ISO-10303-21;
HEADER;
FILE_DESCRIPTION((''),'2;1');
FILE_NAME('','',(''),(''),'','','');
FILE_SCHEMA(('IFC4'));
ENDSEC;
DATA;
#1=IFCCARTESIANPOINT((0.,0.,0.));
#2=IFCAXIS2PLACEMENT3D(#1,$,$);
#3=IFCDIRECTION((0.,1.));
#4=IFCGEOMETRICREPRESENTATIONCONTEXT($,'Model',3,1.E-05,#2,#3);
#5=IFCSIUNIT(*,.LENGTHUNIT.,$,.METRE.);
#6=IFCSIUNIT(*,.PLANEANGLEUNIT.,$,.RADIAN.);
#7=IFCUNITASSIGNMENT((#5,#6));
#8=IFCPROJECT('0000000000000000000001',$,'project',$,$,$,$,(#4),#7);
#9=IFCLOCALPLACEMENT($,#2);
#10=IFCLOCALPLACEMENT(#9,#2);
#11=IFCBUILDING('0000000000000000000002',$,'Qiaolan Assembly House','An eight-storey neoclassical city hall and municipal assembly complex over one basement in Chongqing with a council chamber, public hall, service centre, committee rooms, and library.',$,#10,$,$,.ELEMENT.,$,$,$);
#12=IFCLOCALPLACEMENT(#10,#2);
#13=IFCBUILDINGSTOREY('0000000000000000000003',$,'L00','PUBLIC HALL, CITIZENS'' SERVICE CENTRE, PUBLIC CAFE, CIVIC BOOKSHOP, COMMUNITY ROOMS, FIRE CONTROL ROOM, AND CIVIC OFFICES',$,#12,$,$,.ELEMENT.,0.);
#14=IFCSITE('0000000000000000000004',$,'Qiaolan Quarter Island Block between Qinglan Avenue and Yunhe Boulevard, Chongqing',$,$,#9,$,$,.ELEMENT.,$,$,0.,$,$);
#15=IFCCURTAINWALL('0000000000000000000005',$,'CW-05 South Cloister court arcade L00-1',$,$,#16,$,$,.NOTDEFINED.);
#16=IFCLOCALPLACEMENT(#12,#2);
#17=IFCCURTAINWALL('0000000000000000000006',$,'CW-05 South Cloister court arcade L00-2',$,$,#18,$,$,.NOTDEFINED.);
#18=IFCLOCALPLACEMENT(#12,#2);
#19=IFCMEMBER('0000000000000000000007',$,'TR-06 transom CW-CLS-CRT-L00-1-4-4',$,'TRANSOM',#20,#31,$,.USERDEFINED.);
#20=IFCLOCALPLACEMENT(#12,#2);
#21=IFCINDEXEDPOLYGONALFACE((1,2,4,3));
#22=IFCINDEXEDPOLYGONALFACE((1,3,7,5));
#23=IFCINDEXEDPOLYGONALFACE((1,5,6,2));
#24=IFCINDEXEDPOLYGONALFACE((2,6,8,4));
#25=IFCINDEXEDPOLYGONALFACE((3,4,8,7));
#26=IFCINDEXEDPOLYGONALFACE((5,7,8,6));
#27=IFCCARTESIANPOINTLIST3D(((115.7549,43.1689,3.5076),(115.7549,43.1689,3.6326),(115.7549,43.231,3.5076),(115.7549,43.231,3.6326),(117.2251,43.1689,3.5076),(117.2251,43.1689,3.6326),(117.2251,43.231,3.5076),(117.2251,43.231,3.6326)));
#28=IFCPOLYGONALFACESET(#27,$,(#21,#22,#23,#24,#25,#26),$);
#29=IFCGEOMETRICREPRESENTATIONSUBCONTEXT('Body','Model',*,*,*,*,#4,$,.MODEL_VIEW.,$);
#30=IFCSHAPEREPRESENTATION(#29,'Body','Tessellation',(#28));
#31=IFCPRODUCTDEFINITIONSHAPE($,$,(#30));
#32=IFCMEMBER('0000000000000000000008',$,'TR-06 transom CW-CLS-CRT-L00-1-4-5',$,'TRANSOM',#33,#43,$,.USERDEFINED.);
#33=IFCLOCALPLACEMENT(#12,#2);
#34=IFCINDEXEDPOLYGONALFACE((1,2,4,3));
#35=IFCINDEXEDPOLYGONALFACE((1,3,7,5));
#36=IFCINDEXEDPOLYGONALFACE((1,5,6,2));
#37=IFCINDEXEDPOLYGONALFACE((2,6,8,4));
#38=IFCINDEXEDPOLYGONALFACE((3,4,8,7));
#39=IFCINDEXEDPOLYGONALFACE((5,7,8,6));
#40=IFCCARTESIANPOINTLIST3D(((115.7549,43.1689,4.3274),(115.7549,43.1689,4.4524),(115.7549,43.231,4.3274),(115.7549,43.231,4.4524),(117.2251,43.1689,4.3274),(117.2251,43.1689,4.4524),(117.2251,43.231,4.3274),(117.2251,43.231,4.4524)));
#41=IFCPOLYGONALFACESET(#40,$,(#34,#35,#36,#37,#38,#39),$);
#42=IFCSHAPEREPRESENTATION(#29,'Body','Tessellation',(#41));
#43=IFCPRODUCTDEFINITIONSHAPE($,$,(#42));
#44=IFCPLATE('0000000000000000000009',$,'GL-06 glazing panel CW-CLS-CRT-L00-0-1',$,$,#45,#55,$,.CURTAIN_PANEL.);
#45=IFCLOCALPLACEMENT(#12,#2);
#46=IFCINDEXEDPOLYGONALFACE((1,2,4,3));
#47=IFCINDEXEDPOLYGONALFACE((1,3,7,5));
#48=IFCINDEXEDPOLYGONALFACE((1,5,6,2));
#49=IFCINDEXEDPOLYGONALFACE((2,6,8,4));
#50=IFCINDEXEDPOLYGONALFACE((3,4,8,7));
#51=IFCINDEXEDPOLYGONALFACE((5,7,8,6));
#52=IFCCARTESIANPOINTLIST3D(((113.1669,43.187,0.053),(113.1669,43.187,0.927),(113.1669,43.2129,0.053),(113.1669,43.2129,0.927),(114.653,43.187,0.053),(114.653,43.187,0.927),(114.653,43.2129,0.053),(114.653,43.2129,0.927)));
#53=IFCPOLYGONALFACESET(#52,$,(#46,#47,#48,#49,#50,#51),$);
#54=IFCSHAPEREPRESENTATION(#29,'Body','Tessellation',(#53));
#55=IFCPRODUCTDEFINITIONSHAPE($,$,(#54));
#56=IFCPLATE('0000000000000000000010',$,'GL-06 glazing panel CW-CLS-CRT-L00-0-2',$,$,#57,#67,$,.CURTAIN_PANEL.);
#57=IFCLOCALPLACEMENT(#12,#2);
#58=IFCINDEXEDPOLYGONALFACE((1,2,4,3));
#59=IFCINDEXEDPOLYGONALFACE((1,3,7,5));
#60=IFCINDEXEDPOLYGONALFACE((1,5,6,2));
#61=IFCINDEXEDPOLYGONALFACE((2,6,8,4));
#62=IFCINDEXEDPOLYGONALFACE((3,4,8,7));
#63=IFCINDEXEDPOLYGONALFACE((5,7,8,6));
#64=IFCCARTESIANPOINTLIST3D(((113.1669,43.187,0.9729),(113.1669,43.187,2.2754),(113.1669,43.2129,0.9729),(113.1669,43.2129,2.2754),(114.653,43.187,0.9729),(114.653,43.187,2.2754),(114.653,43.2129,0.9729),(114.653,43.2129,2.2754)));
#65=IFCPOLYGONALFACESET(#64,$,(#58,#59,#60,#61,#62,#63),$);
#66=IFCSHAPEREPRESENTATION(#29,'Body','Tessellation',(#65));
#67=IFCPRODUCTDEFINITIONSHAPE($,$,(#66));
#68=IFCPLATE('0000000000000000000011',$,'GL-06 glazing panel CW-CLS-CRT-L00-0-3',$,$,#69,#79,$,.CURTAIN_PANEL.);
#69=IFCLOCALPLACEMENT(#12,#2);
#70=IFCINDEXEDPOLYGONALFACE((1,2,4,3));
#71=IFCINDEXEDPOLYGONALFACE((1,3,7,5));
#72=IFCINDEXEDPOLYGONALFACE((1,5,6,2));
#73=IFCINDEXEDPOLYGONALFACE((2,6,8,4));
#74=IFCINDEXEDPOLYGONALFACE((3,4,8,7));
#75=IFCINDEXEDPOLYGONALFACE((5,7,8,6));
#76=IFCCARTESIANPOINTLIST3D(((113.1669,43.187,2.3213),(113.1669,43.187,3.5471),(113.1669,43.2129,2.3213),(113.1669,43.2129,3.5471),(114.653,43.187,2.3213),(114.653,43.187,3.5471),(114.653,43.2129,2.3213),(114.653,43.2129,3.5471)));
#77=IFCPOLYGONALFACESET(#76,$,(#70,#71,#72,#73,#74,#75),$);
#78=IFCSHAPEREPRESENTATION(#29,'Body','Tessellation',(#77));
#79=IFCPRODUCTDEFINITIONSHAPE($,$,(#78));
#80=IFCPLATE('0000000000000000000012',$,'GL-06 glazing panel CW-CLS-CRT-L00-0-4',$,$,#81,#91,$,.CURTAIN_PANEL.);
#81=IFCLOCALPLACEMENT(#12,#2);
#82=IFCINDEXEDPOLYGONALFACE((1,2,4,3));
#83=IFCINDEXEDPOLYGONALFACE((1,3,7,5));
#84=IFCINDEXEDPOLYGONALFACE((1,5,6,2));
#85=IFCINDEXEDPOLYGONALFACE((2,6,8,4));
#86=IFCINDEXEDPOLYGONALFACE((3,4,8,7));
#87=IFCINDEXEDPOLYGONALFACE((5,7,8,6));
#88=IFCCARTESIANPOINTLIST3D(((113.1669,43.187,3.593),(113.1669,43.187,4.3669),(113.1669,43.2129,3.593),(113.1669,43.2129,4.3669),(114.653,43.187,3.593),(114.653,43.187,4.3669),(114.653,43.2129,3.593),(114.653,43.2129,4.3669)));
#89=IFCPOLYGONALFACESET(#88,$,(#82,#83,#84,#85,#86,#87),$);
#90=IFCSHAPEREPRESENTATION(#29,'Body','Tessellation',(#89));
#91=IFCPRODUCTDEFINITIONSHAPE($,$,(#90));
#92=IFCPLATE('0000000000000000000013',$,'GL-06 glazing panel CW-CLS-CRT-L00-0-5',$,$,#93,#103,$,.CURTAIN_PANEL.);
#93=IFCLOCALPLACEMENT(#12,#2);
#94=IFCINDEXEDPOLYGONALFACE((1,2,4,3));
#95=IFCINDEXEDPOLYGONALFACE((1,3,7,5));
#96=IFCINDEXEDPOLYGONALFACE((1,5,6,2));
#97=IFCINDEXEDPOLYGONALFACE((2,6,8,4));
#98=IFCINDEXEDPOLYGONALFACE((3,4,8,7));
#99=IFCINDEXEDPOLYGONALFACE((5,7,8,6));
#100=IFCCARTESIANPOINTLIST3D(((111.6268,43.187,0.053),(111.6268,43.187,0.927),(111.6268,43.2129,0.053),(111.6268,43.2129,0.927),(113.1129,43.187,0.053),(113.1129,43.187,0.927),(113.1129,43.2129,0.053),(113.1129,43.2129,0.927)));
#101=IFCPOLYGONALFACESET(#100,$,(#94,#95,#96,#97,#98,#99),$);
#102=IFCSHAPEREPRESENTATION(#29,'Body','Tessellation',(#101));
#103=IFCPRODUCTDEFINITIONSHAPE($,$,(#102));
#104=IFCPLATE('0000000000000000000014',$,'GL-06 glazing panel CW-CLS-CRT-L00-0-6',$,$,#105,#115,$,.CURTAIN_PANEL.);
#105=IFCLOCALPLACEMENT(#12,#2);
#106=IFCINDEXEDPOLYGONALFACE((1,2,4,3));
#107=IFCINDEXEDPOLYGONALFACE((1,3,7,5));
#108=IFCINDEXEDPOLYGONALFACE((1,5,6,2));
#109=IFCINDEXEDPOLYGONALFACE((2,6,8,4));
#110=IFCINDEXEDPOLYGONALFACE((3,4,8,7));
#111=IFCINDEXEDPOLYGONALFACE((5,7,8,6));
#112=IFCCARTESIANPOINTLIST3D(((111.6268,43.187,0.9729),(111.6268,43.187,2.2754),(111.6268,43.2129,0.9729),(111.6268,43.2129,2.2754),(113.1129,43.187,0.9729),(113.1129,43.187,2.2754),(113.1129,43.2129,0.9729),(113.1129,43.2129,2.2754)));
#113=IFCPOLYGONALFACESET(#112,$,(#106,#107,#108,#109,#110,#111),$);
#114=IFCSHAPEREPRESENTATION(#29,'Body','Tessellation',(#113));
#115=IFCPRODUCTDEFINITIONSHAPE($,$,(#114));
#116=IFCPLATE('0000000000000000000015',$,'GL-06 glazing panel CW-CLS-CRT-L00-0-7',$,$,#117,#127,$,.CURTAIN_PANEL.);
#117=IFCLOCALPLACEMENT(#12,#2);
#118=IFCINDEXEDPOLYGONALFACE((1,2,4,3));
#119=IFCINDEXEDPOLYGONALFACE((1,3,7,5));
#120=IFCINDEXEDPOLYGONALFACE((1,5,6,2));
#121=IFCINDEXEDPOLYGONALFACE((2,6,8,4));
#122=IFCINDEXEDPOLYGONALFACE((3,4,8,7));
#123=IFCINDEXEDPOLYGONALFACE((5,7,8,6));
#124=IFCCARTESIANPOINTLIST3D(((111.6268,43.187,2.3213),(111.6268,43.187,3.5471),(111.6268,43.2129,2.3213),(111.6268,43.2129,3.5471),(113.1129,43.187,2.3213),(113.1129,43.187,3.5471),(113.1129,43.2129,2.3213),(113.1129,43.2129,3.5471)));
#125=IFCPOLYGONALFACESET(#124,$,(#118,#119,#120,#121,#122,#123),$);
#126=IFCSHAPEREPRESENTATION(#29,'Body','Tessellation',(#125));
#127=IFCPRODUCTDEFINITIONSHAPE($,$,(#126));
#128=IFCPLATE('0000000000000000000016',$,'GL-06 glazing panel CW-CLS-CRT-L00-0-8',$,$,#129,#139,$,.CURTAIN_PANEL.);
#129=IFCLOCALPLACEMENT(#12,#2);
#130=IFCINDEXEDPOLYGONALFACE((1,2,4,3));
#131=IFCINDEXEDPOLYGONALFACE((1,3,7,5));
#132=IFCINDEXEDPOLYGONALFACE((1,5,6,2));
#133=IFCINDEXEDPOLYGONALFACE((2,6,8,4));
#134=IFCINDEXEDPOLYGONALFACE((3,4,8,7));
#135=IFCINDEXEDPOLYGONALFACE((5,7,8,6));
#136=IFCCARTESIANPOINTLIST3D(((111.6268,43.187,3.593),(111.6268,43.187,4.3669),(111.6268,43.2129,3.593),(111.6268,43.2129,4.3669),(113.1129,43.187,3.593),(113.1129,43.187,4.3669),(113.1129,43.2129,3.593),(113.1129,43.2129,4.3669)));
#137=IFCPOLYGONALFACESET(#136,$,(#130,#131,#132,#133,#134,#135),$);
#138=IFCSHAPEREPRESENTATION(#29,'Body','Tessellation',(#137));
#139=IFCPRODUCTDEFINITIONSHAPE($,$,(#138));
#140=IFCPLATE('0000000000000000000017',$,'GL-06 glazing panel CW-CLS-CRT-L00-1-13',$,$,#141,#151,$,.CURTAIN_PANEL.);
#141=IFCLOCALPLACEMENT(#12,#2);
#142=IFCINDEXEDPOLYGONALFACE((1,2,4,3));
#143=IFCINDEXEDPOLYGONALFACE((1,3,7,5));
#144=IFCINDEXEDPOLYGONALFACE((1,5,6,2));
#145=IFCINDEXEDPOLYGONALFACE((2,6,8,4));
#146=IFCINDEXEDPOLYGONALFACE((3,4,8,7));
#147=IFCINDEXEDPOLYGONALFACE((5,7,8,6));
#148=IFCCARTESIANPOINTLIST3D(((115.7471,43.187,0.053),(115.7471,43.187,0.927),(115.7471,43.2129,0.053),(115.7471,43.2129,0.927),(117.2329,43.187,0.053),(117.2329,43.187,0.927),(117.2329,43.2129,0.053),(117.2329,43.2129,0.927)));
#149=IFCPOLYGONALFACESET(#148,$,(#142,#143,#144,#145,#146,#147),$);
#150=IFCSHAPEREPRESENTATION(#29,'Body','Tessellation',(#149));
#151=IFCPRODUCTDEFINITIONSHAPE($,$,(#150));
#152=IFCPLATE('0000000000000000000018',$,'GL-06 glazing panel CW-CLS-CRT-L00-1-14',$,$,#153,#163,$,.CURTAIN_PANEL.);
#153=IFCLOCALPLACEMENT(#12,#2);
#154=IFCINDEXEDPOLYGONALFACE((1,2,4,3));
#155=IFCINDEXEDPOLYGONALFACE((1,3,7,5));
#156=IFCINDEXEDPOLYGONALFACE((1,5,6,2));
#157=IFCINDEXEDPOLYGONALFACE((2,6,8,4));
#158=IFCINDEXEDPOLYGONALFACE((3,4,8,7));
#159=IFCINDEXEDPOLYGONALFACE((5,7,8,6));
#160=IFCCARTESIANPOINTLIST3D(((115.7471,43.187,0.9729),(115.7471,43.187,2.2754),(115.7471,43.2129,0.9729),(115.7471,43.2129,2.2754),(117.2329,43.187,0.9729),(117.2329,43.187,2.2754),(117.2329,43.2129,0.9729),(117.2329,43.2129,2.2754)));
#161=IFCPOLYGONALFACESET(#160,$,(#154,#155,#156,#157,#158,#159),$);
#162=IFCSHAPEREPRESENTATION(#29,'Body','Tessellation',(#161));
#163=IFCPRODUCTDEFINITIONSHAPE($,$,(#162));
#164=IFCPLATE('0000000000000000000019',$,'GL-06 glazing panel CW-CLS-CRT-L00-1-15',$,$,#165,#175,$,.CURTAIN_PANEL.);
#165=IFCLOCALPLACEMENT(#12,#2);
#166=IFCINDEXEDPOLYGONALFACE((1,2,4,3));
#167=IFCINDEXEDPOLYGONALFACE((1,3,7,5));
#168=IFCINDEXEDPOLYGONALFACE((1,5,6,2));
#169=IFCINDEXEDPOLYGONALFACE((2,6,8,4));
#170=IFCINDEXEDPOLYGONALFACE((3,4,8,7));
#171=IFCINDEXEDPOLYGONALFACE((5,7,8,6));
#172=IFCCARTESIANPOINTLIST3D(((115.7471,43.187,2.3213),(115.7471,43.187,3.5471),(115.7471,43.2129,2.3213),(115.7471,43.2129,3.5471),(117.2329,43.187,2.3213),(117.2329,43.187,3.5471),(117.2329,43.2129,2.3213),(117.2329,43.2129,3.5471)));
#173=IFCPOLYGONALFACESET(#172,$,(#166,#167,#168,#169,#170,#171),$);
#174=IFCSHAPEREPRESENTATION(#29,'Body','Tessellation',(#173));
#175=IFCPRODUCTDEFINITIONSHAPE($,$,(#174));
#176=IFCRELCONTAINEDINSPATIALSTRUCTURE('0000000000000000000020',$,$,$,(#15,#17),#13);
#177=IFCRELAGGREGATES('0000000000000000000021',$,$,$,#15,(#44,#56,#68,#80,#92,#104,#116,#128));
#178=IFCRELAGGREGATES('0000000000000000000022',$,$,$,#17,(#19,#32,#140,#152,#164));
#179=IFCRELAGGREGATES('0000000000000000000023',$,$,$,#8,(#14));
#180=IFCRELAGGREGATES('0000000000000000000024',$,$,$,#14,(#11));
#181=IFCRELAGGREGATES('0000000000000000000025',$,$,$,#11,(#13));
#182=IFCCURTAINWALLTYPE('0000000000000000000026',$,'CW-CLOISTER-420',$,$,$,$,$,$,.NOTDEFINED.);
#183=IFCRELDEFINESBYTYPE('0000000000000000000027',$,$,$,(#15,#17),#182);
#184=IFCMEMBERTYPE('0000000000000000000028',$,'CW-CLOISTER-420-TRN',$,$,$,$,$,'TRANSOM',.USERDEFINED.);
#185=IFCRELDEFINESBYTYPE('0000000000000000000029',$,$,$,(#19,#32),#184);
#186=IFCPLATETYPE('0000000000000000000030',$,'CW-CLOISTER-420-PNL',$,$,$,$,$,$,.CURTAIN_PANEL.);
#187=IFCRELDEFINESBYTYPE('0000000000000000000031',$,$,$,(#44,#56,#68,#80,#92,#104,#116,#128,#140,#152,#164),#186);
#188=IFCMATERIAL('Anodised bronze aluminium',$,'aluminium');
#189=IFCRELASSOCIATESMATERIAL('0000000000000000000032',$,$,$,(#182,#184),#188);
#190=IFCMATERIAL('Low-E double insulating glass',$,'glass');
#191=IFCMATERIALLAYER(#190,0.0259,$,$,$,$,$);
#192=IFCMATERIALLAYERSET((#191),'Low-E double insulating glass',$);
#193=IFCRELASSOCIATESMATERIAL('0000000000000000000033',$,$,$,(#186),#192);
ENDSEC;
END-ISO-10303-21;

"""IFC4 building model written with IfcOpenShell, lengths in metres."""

from ifc_helpers import new_model, si_unit, direction, frame, frame_2d, origin, origin_2d, place, context, subcontext, project, spatial, rectangle, extrude, material, layer, layer_set, material_profile, profile_set, type_object, element, aggregate, save


model = new_model("IFC4")

# Units and contexts
model_context = context("Model", 3, precision=1e-05, world=origin(), true_north=direction((0.0, 1.0)))
body_context = subcontext(model_context, "Body", "Model", "MODEL_VIEW")
ifc_project = project(units=[si_unit("LENGTHUNIT", "METRE"), si_unit("PLANEANGLEUNIT", "RADIAN")], contexts=[model_context])

# Site, building, storey
site_placement = place(None, origin())
site = spatial("IfcSite", under=ifc_project, at=site_placement, Name="Qiaolan Quarter Island Block between Qinglan Avenue and Yunhe Boulevard, Chongqing", CompositionType="ELEMENT", RefElevation=0.0)
building_placement = place(site_placement, origin())
building = spatial("IfcBuilding", under=site, at=building_placement, Name="Qiaolan Assembly House", Description="An eight-storey neoclassical city hall and municipal assembly complex over one basement in Chongqing with a council chamber, public hall, service centre, committee rooms, and library.", CompositionType="ELEMENT")
storey_placement = place(building_placement, origin())
storey = spatial("IfcBuildingStorey", under=building, at=storey_placement, Name="L00", Description="PUBLIC HALL, CITIZENS' SERVICE CENTRE, PUBLIC CAFE, CIVIC BOOKSHOP, COMMUNITY ROOMS, FIRE CONTROL ROOM, AND CIVIC OFFICES", CompositionType="ELEMENT", Elevation=0.0)

# Curtain wall
ifc_material_1 = material(Name="Anodised bronze aluminium", Category="aluminium")
curtain_wall_type = type_object("IfcCurtainWallType", Name="CW-CLOISTER-420", PredefinedType="NOTDEFINED", material=ifc_material_1)
curtain_wall_1_placement = place(storey_placement, origin())
curtain_wall_1 = element("IfcCurtainWall", 1, at=curtain_wall_1_placement, inside=storey, type_object=curtain_wall_type, Name="CW-05 South Cloister court arcade L00-1", PredefinedType="NOTDEFINED")

# Curtain wall
curtain_wall_2_placement = place(storey_placement, origin())
curtain_wall_2 = element("IfcCurtainWall", 2, at=curtain_wall_2_placement, inside=storey, type_object=curtain_wall_type, Name="CW-05 South Cloister court arcade L00-2", PredefinedType="NOTDEFINED")

# Members
ifc_material_profile_1 = material_profile(ifc_material_1, rectangle(XDim=0.062, YDim=0.125, at=origin_2d()), Name="TRN 62x125")
ifc_profile_set_1 = profile_set([ifc_material_profile_1], Name="Anodised bronze aluminium")
member_type_1 = type_object("IfcMemberType", Name="CW-CLOISTER-420-TRN", ElementType="TRANSOM", PredefinedType="USERDEFINED", material=ifc_profile_set_1)
member_1_placement = place(storey_placement, frame((117.2251, 43.2, 3.5701), z_axis=(-1.0, 0.0, 0.0), x_axis=(0.0, -1.0, 0.0)))
member_1 = element("IfcMember", 3, at=member_1_placement, type_object=member_type_1, Name="TR-06 transom CW-CLS-CRT-L00-1-4-4", ObjectType="TRANSOM", PredefinedType="USERDEFINED", context=body_context, shape_type="SweptSolid", body=[
    extrude(rectangle(XDim=0.062, YDim=0.125, at=origin_2d()), origin(), (0.0, 0.0, 1.0), 1.4702),
])
member_2_placement = place(storey_placement, frame((117.2251, 43.2, 4.3899), z_axis=(-1.0, 0.0, 0.0), x_axis=(0.0, -1.0, 0.0)))
member_2 = element("IfcMember", 4, at=member_2_placement, type_object=member_type_1, Name="TR-06 transom CW-CLS-CRT-L00-1-4-5", ObjectType="TRANSOM", PredefinedType="USERDEFINED", context=body_context, shape_type="SweptSolid", body=[
    extrude(rectangle(XDim=0.062, YDim=0.125, at=origin_2d()), origin(), (0.0, 0.0, 1.0), 1.4702),
])

# Plates
ifc_material_2 = material(Name="Low-E double insulating glass", Category="glass")
ifc_layer = layer(ifc_material_2, 0.0259)
ifc_layer_set = layer_set([ifc_layer], Name="Low-E double insulating glass")
plate_type = type_object("IfcPlateType", Name="CW-CLOISTER-420-PNL", PredefinedType="CURTAIN_PANEL", material=ifc_layer_set)
plate_1_placement = place(storey_placement, frame((114.6531, 43.2, 0.053), z_axis=(0.0, 0.0, 1.0), x_axis=(-1.0, 0.0, 0.0)))
plate_1 = element("IfcPlate", 5, at=plate_1_placement, type_object=plate_type, Name="GL-06 glazing panel CW-CLS-CRT-L00-0-1", PredefinedType="CURTAIN_PANEL", context=body_context, shape_type="SweptSolid", body=[
    extrude(rectangle(XDim=1.4861, YDim=0.0259, at=frame_2d((0.7432, 0.0))), origin(), (0.0, 0.0, 1.0), 0.874),
])
plate_2_placement = place(storey_placement, frame((114.6531, 43.2, 0.9729), z_axis=(0.0, 0.0, 1.0), x_axis=(-1.0, 0.0, 0.0)))
plate_2 = element("IfcPlate", 6, at=plate_2_placement, type_object=plate_type, Name="GL-06 glazing panel CW-CLS-CRT-L00-0-2", PredefinedType="CURTAIN_PANEL", context=body_context, shape_type="SweptSolid", body=[
    extrude(rectangle(XDim=1.4861, YDim=0.0259, at=frame_2d((0.7432, 0.0))), origin(), (0.0, 0.0, 1.0), 1.3025),
])
plate_3_placement = place(storey_placement, frame((114.6531, 43.2, 2.3213), z_axis=(0.0, 0.0, 1.0), x_axis=(-1.0, 0.0, 0.0)))
plate_3 = element("IfcPlate", 7, at=plate_3_placement, type_object=plate_type, Name="GL-06 glazing panel CW-CLS-CRT-L00-0-3", PredefinedType="CURTAIN_PANEL", context=body_context, shape_type="SweptSolid", body=[
    extrude(rectangle(XDim=1.4861, YDim=0.0259, at=frame_2d((0.7432, 0.0))), origin(), (0.0, 0.0, 1.0), 1.2258),
])
plate_4_placement = place(storey_placement, frame((114.6531, 43.2, 3.593), z_axis=(0.0, 0.0, 1.0), x_axis=(-1.0, 0.0, 0.0)))
plate_4 = element("IfcPlate", 8, at=plate_4_placement, type_object=plate_type, Name="GL-06 glazing panel CW-CLS-CRT-L00-0-4", PredefinedType="CURTAIN_PANEL", context=body_context, shape_type="SweptSolid", body=[
    extrude(rectangle(XDim=1.4861, YDim=0.0259, at=frame_2d((0.7432, 0.0))), origin(), (0.0, 0.0, 1.0), 0.7739),
])
plate_5_placement = place(storey_placement, frame((113.113, 43.2, 0.053), z_axis=(0.0, 0.0, 1.0), x_axis=(-1.0, 0.0, 0.0)))
plate_5 = element("IfcPlate", 9, at=plate_5_placement, type_object=plate_type, Name="GL-06 glazing panel CW-CLS-CRT-L00-0-5", PredefinedType="CURTAIN_PANEL", context=body_context, shape_type="SweptSolid", body=[
    extrude(rectangle(XDim=1.4861, YDim=0.0259, at=frame_2d((0.7432, 0.0))), origin(), (0.0, 0.0, 1.0), 0.874),
])
plate_6_placement = place(storey_placement, frame((113.113, 43.2, 0.9729), z_axis=(0.0, 0.0, 1.0), x_axis=(-1.0, 0.0, 0.0)))
plate_6 = element("IfcPlate", 10, at=plate_6_placement, type_object=plate_type, Name="GL-06 glazing panel CW-CLS-CRT-L00-0-6", PredefinedType="CURTAIN_PANEL", context=body_context, shape_type="SweptSolid", body=[
    extrude(rectangle(XDim=1.4861, YDim=0.0259, at=frame_2d((0.7432, 0.0))), origin(), (0.0, 0.0, 1.0), 1.3025),
])
plate_7_placement = place(storey_placement, frame((113.113, 43.2, 2.3213), z_axis=(0.0, 0.0, 1.0), x_axis=(-1.0, 0.0, 0.0)))
plate_7 = element("IfcPlate", 11, at=plate_7_placement, type_object=plate_type, Name="GL-06 glazing panel CW-CLS-CRT-L00-0-7", PredefinedType="CURTAIN_PANEL", context=body_context, shape_type="SweptSolid", body=[
    extrude(rectangle(XDim=1.4861, YDim=0.0259, at=frame_2d((0.7432, 0.0))), origin(), (0.0, 0.0, 1.0), 1.2258),
])
plate_8_placement = place(storey_placement, frame((113.113, 43.2, 3.593), z_axis=(0.0, 0.0, 1.0), x_axis=(-1.0, 0.0, 0.0)))
plate_8 = element("IfcPlate", 12, at=plate_8_placement, type_object=plate_type, Name="GL-06 glazing panel CW-CLS-CRT-L00-0-8", PredefinedType="CURTAIN_PANEL", context=body_context, shape_type="SweptSolid", body=[
    extrude(rectangle(XDim=1.4861, YDim=0.0259, at=frame_2d((0.7432, 0.0))), origin(), (0.0, 0.0, 1.0), 0.7739),
])
aggregate(curtain_wall_1, [plate_1, plate_2, plate_3, plate_4, plate_5, plate_6, plate_7, plate_8])
plate_9_placement = place(storey_placement, frame((117.2329, 43.2, 0.053), z_axis=(0.0, 0.0, 1.0), x_axis=(-1.0, 0.0, 0.0)))
plate_9 = element("IfcPlate", 13, at=plate_9_placement, type_object=plate_type, Name="GL-06 glazing panel CW-CLS-CRT-L00-1-13", PredefinedType="CURTAIN_PANEL", context=body_context, shape_type="SweptSolid", body=[
    extrude(rectangle(XDim=1.4858, YDim=0.0259, at=frame_2d((0.7429, 0.0))), origin(), (0.0, 0.0, 1.0), 0.874),
])
plate_10_placement = place(storey_placement, frame((117.2329, 43.2, 0.9729), z_axis=(0.0, 0.0, 1.0), x_axis=(-1.0, 0.0, 0.0)))
plate_10 = element("IfcPlate", 14, at=plate_10_placement, type_object=plate_type, Name="GL-06 glazing panel CW-CLS-CRT-L00-1-14", PredefinedType="CURTAIN_PANEL", context=body_context, shape_type="SweptSolid", body=[
    extrude(rectangle(XDim=1.4858, YDim=0.0259, at=frame_2d((0.7429, 0.0))), origin(), (0.0, 0.0, 1.0), 1.3025),
])
plate_11_placement = place(storey_placement, frame((117.2329, 43.2, 2.3213), z_axis=(0.0, 0.0, 1.0), x_axis=(-1.0, 0.0, 0.0)))
plate_11 = element("IfcPlate", 15, at=plate_11_placement, type_object=plate_type, Name="GL-06 glazing panel CW-CLS-CRT-L00-1-15", PredefinedType="CURTAIN_PANEL", context=body_context, shape_type="SweptSolid", body=[
    extrude(rectangle(XDim=1.4858, YDim=0.0259, at=frame_2d((0.7429, 0.0))), origin(), (0.0, 0.0, 1.0), 1.2258),
])
aggregate(curtain_wall_2, [member_1, member_2, plate_9, plate_10, plate_11])

save(model, "model.ifc")
